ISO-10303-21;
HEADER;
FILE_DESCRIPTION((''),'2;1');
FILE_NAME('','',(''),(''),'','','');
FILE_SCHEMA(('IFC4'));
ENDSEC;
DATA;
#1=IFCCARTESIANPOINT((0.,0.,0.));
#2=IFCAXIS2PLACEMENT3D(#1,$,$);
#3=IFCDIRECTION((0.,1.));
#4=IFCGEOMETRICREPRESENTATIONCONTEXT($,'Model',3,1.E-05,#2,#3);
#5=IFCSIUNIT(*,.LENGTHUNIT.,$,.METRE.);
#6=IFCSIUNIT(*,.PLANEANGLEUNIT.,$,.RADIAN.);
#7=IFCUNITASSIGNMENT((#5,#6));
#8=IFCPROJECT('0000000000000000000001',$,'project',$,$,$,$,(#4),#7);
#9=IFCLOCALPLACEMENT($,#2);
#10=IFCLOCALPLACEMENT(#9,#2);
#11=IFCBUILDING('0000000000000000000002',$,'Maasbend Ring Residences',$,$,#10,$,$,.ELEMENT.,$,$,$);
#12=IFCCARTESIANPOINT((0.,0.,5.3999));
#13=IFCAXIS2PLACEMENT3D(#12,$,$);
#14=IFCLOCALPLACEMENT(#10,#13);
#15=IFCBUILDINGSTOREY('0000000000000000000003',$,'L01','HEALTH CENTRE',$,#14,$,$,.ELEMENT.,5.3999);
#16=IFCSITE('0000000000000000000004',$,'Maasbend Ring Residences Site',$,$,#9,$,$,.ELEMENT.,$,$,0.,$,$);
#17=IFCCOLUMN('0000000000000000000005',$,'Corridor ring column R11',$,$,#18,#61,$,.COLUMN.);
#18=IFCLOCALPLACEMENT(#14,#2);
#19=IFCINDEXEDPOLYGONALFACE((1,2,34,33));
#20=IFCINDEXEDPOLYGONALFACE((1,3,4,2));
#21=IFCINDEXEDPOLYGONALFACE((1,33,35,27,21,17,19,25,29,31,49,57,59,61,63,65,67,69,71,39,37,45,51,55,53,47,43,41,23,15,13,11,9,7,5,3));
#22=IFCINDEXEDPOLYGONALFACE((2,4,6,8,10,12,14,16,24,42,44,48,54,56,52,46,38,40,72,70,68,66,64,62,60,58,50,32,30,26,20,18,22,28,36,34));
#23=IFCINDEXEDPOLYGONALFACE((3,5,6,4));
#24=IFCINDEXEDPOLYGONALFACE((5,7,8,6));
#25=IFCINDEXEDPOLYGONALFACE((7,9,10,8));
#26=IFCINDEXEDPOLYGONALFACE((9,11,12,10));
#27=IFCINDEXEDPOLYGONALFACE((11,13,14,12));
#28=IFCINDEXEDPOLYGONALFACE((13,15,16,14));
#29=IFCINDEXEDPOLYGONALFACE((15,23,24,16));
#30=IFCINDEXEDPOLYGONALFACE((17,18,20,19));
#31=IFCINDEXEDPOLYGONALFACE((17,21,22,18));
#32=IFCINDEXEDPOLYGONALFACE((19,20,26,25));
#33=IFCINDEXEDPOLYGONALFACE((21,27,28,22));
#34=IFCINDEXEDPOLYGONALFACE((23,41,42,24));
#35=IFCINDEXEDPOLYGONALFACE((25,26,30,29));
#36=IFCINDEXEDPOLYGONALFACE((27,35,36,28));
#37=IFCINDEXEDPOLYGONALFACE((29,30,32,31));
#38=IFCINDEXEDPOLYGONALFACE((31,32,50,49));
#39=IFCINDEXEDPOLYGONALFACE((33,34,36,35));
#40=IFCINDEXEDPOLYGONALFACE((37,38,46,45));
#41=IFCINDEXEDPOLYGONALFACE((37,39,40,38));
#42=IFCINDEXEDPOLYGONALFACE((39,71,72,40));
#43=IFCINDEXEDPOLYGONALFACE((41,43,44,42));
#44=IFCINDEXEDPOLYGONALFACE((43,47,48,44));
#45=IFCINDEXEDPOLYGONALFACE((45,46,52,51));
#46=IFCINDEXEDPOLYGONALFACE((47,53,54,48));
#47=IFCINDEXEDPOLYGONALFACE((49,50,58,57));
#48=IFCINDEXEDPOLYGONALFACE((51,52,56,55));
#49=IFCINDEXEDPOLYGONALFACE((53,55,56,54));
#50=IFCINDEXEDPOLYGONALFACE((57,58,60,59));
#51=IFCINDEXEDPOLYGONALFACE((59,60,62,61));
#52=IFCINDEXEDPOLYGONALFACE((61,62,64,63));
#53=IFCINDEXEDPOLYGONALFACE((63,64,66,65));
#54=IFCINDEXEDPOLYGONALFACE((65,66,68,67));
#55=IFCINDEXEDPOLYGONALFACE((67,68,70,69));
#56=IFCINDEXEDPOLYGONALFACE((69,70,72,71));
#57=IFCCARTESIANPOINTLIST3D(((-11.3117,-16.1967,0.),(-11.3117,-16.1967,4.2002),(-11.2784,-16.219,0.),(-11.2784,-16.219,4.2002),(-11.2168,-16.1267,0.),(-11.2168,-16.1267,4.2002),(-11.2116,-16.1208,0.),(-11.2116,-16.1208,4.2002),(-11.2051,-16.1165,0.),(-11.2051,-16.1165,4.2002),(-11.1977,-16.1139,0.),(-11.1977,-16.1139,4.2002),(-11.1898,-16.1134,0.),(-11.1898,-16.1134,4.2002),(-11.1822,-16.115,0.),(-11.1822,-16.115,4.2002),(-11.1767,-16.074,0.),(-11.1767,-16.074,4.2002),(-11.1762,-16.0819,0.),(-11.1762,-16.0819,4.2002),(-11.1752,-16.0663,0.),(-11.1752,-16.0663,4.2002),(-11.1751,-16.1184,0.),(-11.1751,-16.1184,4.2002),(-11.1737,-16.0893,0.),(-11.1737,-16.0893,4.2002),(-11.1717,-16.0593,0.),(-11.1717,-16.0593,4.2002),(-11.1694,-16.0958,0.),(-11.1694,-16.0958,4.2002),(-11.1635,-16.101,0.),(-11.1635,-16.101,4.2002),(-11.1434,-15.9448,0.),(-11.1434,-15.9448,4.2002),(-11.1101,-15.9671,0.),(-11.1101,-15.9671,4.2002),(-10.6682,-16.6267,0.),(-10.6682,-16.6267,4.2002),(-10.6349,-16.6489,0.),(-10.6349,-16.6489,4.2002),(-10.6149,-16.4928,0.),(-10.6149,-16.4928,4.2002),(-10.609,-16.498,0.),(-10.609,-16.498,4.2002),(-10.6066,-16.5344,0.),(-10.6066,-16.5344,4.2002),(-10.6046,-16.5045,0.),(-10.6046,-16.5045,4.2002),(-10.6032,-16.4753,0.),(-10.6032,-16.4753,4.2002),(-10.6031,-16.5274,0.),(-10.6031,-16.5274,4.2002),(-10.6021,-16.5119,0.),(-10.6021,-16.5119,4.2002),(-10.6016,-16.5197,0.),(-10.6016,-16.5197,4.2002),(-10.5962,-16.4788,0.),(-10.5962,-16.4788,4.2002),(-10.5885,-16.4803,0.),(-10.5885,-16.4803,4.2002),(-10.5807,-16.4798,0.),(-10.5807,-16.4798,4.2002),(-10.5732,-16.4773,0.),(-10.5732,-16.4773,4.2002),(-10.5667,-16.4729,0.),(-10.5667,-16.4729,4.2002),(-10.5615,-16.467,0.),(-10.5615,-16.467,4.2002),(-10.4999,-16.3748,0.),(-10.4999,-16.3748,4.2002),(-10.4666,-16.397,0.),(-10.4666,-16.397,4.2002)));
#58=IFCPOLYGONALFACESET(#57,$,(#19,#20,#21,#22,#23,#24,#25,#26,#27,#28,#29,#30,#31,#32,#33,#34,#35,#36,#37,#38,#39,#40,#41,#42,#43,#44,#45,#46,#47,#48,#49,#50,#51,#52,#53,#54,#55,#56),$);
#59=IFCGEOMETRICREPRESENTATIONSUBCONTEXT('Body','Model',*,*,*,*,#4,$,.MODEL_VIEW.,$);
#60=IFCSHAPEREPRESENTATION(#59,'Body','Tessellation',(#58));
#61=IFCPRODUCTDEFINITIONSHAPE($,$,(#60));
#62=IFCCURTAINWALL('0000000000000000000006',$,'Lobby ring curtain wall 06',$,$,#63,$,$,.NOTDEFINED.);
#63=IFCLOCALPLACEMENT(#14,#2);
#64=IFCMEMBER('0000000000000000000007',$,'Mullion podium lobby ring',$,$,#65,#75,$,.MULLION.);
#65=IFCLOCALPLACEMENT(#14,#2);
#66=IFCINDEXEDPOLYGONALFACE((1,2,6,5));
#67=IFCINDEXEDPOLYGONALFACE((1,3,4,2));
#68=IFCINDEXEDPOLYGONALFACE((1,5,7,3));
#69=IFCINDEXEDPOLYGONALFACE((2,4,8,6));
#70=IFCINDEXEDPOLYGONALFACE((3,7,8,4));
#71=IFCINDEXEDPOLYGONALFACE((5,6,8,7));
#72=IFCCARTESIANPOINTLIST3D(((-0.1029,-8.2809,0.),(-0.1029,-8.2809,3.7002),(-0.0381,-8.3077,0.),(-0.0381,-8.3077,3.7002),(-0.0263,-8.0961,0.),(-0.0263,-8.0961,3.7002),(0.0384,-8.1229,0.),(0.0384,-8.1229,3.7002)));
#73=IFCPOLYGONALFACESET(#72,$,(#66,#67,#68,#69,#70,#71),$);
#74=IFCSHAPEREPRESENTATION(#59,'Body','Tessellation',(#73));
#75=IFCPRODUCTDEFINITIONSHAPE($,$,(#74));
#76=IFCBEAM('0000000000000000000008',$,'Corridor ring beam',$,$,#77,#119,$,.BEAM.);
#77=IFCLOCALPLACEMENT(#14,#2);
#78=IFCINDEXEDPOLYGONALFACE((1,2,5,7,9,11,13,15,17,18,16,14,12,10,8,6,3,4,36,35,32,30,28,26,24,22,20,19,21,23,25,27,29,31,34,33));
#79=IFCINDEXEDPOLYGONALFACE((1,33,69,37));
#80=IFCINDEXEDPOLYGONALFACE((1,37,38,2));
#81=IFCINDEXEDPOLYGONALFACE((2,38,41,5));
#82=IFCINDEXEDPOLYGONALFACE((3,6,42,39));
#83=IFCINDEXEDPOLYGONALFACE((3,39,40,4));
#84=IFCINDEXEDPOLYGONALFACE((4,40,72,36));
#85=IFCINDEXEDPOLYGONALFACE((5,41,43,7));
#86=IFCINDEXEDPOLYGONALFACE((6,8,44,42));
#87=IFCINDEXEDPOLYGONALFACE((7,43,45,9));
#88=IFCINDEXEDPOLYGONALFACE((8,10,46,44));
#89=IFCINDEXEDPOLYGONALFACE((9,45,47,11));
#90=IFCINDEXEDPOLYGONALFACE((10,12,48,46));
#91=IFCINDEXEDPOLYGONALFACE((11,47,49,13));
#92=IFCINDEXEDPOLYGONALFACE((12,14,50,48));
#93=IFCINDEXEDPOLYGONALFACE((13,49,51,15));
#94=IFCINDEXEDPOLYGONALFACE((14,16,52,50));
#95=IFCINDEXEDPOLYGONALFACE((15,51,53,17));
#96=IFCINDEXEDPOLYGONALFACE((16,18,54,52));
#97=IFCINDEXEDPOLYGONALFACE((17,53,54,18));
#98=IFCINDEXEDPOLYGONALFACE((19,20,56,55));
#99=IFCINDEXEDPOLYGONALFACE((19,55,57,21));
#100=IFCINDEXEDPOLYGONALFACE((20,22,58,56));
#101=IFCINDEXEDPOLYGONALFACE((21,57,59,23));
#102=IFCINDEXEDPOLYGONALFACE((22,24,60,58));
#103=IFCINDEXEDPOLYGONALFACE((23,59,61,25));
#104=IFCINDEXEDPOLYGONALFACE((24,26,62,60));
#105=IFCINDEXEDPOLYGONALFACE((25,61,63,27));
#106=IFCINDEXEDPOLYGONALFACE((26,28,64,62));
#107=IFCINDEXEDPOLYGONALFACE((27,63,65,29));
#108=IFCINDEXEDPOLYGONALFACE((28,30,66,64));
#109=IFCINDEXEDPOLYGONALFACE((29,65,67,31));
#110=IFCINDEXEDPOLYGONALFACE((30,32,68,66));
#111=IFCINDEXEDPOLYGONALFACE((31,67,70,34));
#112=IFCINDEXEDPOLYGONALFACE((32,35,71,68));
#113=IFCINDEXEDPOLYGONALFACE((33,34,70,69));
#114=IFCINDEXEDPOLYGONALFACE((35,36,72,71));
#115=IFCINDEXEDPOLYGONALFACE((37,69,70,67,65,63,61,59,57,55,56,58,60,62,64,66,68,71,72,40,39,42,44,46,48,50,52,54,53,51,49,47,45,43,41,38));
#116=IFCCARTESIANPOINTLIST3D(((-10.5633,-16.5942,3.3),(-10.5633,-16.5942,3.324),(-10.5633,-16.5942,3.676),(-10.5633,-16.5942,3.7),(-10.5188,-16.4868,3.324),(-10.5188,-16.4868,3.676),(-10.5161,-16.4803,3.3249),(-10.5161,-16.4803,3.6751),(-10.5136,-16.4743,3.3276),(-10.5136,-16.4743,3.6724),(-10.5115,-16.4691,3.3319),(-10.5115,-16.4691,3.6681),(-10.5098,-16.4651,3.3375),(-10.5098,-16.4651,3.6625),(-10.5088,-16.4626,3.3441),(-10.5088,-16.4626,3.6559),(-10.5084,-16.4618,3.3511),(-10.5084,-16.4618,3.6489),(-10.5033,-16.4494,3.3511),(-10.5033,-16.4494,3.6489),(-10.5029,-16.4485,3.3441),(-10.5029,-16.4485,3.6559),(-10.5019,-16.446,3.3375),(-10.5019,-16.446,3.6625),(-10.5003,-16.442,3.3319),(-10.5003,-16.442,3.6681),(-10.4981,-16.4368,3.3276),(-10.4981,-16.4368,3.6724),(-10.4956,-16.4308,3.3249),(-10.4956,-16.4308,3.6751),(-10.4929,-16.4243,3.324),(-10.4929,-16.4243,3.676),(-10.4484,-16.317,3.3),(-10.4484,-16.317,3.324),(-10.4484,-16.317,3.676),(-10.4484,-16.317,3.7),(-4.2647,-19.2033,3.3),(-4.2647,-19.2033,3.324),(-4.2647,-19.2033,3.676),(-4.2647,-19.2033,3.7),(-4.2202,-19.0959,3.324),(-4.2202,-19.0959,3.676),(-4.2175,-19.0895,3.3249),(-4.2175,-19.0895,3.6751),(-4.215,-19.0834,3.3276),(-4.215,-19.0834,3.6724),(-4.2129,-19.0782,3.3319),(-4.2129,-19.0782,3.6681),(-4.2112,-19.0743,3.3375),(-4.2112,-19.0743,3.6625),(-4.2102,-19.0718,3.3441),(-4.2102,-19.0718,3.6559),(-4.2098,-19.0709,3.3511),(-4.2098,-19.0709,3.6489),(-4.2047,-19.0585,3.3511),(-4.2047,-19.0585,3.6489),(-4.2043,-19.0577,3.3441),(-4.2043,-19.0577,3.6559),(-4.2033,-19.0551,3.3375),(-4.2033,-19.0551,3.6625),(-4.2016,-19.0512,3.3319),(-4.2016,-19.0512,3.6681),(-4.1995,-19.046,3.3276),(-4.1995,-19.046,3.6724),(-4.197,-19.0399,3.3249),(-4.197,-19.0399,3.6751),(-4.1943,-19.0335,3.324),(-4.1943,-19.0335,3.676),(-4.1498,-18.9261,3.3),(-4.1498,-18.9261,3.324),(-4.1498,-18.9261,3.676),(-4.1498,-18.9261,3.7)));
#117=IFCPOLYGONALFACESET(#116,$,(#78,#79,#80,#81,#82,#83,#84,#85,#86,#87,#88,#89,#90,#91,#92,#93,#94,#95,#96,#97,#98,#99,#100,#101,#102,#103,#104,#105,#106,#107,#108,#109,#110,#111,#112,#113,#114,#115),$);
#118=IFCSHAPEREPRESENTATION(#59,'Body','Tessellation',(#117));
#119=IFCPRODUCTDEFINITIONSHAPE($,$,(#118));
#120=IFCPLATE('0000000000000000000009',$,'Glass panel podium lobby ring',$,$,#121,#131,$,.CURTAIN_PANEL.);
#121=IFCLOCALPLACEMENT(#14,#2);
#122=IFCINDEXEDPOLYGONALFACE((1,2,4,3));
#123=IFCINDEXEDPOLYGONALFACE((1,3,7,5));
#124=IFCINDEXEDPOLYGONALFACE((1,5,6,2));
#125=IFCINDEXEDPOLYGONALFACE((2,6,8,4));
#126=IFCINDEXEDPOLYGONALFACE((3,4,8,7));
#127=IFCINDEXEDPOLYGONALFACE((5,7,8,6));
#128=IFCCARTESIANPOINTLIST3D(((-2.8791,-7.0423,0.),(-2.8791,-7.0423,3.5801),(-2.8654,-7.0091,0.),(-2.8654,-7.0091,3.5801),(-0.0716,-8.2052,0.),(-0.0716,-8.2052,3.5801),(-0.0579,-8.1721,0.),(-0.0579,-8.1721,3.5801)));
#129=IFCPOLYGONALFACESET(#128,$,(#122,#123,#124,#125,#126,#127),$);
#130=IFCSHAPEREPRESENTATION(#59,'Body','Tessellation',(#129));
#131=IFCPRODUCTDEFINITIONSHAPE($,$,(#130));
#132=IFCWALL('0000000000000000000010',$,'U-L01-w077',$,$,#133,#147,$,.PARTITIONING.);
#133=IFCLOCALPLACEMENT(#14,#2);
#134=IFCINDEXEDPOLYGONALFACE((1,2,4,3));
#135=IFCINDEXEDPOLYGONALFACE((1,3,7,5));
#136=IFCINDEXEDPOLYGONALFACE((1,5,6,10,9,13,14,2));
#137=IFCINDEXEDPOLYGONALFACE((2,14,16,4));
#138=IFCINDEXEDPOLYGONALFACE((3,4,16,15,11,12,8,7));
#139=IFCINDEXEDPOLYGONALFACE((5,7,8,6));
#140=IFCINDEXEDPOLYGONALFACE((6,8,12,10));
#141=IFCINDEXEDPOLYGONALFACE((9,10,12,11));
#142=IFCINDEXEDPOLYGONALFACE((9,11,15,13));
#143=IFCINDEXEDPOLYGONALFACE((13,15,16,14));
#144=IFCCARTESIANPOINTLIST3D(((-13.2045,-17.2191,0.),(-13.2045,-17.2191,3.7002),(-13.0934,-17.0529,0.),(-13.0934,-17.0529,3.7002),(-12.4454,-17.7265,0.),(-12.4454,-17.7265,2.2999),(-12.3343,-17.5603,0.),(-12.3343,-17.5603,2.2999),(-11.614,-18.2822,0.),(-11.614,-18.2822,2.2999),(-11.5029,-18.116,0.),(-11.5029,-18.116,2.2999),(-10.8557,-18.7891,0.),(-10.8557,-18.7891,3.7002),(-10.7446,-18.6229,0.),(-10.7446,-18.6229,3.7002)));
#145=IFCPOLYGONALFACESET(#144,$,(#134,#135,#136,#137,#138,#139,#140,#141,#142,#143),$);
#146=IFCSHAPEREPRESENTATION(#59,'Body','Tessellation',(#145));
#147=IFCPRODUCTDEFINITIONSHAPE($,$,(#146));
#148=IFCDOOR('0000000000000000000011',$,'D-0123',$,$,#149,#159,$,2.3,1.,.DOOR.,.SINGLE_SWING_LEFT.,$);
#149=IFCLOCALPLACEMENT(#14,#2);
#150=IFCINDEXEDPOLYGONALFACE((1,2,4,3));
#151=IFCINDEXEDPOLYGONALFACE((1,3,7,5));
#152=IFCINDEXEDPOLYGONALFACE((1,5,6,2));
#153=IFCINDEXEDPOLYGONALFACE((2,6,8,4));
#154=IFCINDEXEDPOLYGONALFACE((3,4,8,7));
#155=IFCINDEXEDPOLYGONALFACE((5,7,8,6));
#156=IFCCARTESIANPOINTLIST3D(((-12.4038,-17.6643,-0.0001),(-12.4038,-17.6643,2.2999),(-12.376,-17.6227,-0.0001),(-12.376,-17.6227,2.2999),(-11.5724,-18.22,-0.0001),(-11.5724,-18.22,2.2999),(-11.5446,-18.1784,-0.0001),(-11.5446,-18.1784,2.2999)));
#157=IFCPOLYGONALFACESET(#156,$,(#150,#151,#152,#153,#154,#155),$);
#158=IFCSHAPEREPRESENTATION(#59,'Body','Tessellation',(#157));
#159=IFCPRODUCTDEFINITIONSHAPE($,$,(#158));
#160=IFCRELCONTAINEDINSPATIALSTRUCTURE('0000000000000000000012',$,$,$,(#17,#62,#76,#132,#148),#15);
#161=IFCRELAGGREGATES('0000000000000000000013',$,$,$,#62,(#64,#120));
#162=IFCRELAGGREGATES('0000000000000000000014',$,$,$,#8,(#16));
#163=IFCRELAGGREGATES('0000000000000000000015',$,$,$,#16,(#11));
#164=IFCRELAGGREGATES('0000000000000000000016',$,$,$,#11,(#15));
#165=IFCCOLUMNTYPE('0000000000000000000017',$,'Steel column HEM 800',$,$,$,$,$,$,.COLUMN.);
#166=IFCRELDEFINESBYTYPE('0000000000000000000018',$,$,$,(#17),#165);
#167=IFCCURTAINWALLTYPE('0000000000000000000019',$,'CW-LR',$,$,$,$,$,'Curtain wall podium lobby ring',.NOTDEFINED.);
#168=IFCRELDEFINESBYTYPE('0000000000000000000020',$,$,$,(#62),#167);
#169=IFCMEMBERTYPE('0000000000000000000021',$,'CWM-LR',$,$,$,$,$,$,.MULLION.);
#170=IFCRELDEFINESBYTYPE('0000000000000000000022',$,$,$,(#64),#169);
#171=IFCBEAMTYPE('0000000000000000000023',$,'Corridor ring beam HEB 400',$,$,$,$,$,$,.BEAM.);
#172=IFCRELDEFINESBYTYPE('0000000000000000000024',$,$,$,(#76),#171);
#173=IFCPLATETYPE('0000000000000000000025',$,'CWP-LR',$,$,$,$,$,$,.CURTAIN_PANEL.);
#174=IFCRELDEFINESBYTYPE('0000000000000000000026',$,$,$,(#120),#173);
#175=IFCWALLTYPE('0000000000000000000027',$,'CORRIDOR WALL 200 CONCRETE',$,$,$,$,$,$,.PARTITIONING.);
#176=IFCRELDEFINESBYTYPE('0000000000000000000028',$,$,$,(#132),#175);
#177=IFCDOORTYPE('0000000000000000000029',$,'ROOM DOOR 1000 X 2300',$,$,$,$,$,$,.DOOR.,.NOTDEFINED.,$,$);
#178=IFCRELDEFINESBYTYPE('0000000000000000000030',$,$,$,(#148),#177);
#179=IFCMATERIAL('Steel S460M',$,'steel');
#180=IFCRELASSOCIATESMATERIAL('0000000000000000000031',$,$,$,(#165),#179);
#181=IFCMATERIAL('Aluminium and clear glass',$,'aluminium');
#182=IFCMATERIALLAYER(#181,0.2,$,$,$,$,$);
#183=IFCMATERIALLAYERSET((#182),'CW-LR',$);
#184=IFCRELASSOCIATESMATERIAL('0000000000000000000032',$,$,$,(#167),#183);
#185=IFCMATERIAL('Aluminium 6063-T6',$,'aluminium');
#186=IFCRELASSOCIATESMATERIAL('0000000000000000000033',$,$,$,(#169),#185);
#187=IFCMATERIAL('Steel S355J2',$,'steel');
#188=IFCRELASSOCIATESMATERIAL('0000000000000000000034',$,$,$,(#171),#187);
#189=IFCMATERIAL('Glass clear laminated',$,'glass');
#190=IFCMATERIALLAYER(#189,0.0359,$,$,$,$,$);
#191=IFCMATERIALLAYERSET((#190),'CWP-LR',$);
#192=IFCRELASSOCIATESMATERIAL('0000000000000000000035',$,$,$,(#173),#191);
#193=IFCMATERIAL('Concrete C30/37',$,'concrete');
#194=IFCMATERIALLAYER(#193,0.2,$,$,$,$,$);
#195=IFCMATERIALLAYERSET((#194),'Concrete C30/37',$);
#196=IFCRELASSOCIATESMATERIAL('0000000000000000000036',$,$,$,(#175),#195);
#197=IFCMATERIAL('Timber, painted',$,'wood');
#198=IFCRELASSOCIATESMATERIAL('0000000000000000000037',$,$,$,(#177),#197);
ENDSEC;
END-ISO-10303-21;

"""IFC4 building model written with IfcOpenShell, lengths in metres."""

from ifc_helpers import new_model, si_unit, direction, frame, frame_2d, origin, origin_2d, place, context, subcontext, project, spatial, rectangle, i_section, extrude, material, layer, layer_set, material_profile, profile_set, type_object, element, fill, aggregate, save


model = new_model("IFC4")

# Units and contexts
model_context = context("Model", 3, precision=1e-05, world=origin(), true_north=direction((0.0, 1.0)))
body_context = subcontext(model_context, "Body", "Model", "MODEL_VIEW")
ifc_project = project(units=[si_unit("LENGTHUNIT", "METRE"), si_unit("PLANEANGLEUNIT", "RADIAN")], contexts=[model_context])

# Site, building, storey
site_placement = place(None, origin())
site = spatial("IfcSite", under=ifc_project, at=site_placement, Name="Maasbend Ring Residences Site", CompositionType="ELEMENT", RefElevation=0.0)
building_placement = place(site_placement, origin())
building = spatial("IfcBuilding", under=site, at=building_placement, Name="Maasbend Ring Residences", CompositionType="ELEMENT")
storey_placement = place(building_placement, frame((0.0, 0.0, 5.3999)))
storey = spatial("IfcBuildingStorey", under=building, at=storey_placement, Name="L01", Description="HEALTH CENTRE", CompositionType="ELEMENT", Elevation=5.3999)

# Column
ifc_material_1 = material(Name="Steel S460M", Category="steel")
ifc_material_profile_1 = material_profile(ifc_material_1, i_section(OverallWidth=0.303, OverallDepth=0.814, WebThickness=0.021, FlangeThickness=0.04, FilletRadius=0.03, at=origin_2d()), Name="HEM 800")
ifc_profile_set_1 = profile_set([ifc_material_profile_1], Name="Steel S460M")
column_type = type_object("IfcColumnType", Name="Steel column HEM 800", PredefinedType="COLUMN", material=ifc_profile_set_1)
column_placement = place(storey_placement, frame((-10.8892, -16.2969, 0.0), z_axis=(0.0, 0.0, 1.0), x_axis=(-0.55557, -0.83147, 0.0)))
element("IfcColumn", 1, at=column_placement, inside=storey, type_object=column_type, Name="Corridor ring column R11", PredefinedType="COLUMN", context=body_context, shape_type="SweptSolid", body=[
    extrude(i_section(OverallWidth=0.303, OverallDepth=0.814, WebThickness=0.021, FlangeThickness=0.04, FilletRadius=0.03, at=origin_2d()), origin(), (0.0, 0.0, 1.0), 4.2002),
])

# Curtain wall, member
ifc_material_2 = material(Name="Aluminium and clear glass", Category="aluminium")
ifc_layer_1 = layer(ifc_material_2, 0.2)
ifc_layer_set_1 = layer_set([ifc_layer_1], Name="CW-LR")
curtain_wall_type = type_object("IfcCurtainWallType", Name="CW-LR", ElementType="Curtain wall podium lobby ring", PredefinedType="NOTDEFINED", material=ifc_layer_set_1)
curtain_wall_placement = place(storey_placement, origin())
curtain_wall = element("IfcCurtainWall", 2, at=curtain_wall_placement, inside=storey, type_object=curtain_wall_type, Name="Lobby ring curtain wall 06", PredefinedType="NOTDEFINED")
ifc_material_3 = material(Name="Aluminium 6063-T6", Category="aluminium")
ifc_material_profile_2 = material_profile(ifc_material_3, rectangle(XDim=0.2, YDim=0.0701, at=origin_2d()), Name="AL 200x70")
ifc_profile_set_2 = profile_set([ifc_material_profile_2], Name="Aluminium 6063-T6")
member_type = type_object("IfcMemberType", Name="CWM-LR", PredefinedType="MULLION", material=ifc_profile_set_2)
member_placement = place(storey_placement, frame((-0.0322, -8.2019, 0.0), z_axis=(0.0, 0.0, 1.0), x_axis=(0.382683, 0.92388, 0.0)))
member = element("IfcMember", 3, at=member_placement, type_object=member_type, Name="Mullion podium lobby ring", PredefinedType="MULLION", context=body_context, shape_type="SweptSolid", body=[
    extrude(rectangle(XDim=0.2, YDim=0.0701, at=origin_2d()), origin(), (0.0, 0.0, 1.0), 3.7002),
])

# Beam
ifc_material_4 = material(Name="Steel S355J2", Category="steel")
ifc_material_profile_3 = material_profile(ifc_material_4, i_section(OverallWidth=0.3, OverallDepth=0.3999, WebThickness=0.0134, FlangeThickness=0.0239, FilletRadius=0.0271, at=origin_2d()), Name="HEB 400")
ifc_profile_set_3 = profile_set([ifc_material_profile_3], Name="Steel S355J2")
beam_type = type_object("IfcBeamType", Name="Corridor ring beam HEB 400", PredefinedType="BEAM", material=ifc_profile_set_3)
beam_placement = place(storey_placement, frame((-10.5059, -16.4556, 3.5), z_axis=(0.923871, -0.382705, 0.0), x_axis=(0.382705, 0.923871, 0.0)))
element("IfcBeam", 4, at=beam_placement, inside=storey, type_object=beam_type, Name="Corridor ring beam", PredefinedType="BEAM", context=body_context, shape_type="SweptSolid", body=[
    extrude(i_section(OverallWidth=0.3, OverallDepth=0.3999, WebThickness=0.0134, FlangeThickness=0.0239, FilletRadius=0.0271, at=origin_2d()), origin(), (0.0, 0.0, 1.0), 6.8176),
])

# Plate
ifc_material_5 = material(Name="Glass clear laminated", Category="glass")
ifc_layer_2 = layer(ifc_material_5, 0.0359)
ifc_layer_set_2 = layer_set([ifc_layer_2], Name="CWP-LR")
plate_type = type_object("IfcPlateType", Name="CWP-LR", PredefinedType="CURTAIN_PANEL", material=ifc_layer_set_2)
plate_placement = place(storey_placement, frame((-1.4685, -7.6072, 0.0), z_axis=(0.0, 0.0, 1.0), x_axis=(0.92388, -0.382683, 0.0)))
plate = element("IfcPlate", 5, at=plate_placement, type_object=plate_type, Name="Glass panel podium lobby ring", PredefinedType="CURTAIN_PANEL", context=body_context, shape_type="SweptSolid", body=[
    extrude(rectangle(XDim=3.0388, YDim=0.0359, at=origin_2d()), origin(), (0.0, 0.0, 1.0), 3.5801),
])
aggregate(curtain_wall, [member, plate])

# Wall, opening, door
ifc_material_6 = material(Name="Concrete C30/37", Category="concrete")
ifc_layer_3 = layer(ifc_material_6, 0.2)
ifc_layer_set_3 = layer_set([ifc_layer_3], Name="Concrete C30/37")
wall_type_1 = type_object("IfcWallType", Name="CORRIDOR WALL 200 CONCRETE", PredefinedType="PARTITIONING", material=ifc_layer_set_3)
wall_1_placement = place(storey_placement, frame((-13.1489, -17.136, 0.0), z_axis=(0.0, 0.0, 1.0), x_axis=(0.831372, -0.555717, 0.0)))
wall_1 = element("IfcWall", 6, at=wall_1_placement, inside=storey, type_object=wall_type_1, Name="U-L01-w077", PredefinedType="PARTITIONING", context=body_context, shape_type="SweptSolid", body=[
    extrude(rectangle(XDim=2.8252, YDim=0.2, at=frame_2d((1.4126, 0.0))), origin(), (0.0, 0.0, 1.0), 3.7002),
])
opening_1_placement = place(wall_1_placement, frame((0.9131, 0.0, 0.0)))
opening_1 = element("IfcOpeningElement", 7, at=opening_1_placement, cuts=wall_1, PredefinedType="OPENING", context=body_context, shape_type="SweptSolid", body=[
    extrude(rectangle(XDim=1.0, YDim=2.3, at=frame_2d((0.5, 1.1499))), frame((0.0, 0.1099, 0.0), z_axis=(0.0, -1.0, 0.0), x_axis=(1.0, 0.0, 0.0)), (0.0, 0.0, 1.0), 0.22),
])
ifc_material_7 = material(Name="Timber, painted", Category="wood")
door_type = type_object("IfcDoorType", Name="ROOM DOOR 1000 X 2300", OperationType="NOTDEFINED", PredefinedType="DOOR", material=ifc_material_7)
door_1_placement = place(opening_1_placement, origin())
door_1 = element("IfcDoor", 8, at=door_1_placement, inside=storey, type_object=door_type, Name="D-0123", OperationType="SINGLE_SWING_LEFT", OverallHeight=2.3, OverallWidth=1.0, PredefinedType="DOOR", context=body_context, shape_type="SweptSolid", body=[
    extrude(rectangle(XDim=1.0, YDim=2.3, at=frame_2d((0.5, 1.1499))), frame((0.0, 0.0249, 0.0), z_axis=(0.0, -1.0, 0.0), x_axis=(1.0, 0.0, 0.0)), (0.0, 0.0, 1.0), 0.05),
])
fill(opening_1, door_1)

save(model, "model.ifc")
